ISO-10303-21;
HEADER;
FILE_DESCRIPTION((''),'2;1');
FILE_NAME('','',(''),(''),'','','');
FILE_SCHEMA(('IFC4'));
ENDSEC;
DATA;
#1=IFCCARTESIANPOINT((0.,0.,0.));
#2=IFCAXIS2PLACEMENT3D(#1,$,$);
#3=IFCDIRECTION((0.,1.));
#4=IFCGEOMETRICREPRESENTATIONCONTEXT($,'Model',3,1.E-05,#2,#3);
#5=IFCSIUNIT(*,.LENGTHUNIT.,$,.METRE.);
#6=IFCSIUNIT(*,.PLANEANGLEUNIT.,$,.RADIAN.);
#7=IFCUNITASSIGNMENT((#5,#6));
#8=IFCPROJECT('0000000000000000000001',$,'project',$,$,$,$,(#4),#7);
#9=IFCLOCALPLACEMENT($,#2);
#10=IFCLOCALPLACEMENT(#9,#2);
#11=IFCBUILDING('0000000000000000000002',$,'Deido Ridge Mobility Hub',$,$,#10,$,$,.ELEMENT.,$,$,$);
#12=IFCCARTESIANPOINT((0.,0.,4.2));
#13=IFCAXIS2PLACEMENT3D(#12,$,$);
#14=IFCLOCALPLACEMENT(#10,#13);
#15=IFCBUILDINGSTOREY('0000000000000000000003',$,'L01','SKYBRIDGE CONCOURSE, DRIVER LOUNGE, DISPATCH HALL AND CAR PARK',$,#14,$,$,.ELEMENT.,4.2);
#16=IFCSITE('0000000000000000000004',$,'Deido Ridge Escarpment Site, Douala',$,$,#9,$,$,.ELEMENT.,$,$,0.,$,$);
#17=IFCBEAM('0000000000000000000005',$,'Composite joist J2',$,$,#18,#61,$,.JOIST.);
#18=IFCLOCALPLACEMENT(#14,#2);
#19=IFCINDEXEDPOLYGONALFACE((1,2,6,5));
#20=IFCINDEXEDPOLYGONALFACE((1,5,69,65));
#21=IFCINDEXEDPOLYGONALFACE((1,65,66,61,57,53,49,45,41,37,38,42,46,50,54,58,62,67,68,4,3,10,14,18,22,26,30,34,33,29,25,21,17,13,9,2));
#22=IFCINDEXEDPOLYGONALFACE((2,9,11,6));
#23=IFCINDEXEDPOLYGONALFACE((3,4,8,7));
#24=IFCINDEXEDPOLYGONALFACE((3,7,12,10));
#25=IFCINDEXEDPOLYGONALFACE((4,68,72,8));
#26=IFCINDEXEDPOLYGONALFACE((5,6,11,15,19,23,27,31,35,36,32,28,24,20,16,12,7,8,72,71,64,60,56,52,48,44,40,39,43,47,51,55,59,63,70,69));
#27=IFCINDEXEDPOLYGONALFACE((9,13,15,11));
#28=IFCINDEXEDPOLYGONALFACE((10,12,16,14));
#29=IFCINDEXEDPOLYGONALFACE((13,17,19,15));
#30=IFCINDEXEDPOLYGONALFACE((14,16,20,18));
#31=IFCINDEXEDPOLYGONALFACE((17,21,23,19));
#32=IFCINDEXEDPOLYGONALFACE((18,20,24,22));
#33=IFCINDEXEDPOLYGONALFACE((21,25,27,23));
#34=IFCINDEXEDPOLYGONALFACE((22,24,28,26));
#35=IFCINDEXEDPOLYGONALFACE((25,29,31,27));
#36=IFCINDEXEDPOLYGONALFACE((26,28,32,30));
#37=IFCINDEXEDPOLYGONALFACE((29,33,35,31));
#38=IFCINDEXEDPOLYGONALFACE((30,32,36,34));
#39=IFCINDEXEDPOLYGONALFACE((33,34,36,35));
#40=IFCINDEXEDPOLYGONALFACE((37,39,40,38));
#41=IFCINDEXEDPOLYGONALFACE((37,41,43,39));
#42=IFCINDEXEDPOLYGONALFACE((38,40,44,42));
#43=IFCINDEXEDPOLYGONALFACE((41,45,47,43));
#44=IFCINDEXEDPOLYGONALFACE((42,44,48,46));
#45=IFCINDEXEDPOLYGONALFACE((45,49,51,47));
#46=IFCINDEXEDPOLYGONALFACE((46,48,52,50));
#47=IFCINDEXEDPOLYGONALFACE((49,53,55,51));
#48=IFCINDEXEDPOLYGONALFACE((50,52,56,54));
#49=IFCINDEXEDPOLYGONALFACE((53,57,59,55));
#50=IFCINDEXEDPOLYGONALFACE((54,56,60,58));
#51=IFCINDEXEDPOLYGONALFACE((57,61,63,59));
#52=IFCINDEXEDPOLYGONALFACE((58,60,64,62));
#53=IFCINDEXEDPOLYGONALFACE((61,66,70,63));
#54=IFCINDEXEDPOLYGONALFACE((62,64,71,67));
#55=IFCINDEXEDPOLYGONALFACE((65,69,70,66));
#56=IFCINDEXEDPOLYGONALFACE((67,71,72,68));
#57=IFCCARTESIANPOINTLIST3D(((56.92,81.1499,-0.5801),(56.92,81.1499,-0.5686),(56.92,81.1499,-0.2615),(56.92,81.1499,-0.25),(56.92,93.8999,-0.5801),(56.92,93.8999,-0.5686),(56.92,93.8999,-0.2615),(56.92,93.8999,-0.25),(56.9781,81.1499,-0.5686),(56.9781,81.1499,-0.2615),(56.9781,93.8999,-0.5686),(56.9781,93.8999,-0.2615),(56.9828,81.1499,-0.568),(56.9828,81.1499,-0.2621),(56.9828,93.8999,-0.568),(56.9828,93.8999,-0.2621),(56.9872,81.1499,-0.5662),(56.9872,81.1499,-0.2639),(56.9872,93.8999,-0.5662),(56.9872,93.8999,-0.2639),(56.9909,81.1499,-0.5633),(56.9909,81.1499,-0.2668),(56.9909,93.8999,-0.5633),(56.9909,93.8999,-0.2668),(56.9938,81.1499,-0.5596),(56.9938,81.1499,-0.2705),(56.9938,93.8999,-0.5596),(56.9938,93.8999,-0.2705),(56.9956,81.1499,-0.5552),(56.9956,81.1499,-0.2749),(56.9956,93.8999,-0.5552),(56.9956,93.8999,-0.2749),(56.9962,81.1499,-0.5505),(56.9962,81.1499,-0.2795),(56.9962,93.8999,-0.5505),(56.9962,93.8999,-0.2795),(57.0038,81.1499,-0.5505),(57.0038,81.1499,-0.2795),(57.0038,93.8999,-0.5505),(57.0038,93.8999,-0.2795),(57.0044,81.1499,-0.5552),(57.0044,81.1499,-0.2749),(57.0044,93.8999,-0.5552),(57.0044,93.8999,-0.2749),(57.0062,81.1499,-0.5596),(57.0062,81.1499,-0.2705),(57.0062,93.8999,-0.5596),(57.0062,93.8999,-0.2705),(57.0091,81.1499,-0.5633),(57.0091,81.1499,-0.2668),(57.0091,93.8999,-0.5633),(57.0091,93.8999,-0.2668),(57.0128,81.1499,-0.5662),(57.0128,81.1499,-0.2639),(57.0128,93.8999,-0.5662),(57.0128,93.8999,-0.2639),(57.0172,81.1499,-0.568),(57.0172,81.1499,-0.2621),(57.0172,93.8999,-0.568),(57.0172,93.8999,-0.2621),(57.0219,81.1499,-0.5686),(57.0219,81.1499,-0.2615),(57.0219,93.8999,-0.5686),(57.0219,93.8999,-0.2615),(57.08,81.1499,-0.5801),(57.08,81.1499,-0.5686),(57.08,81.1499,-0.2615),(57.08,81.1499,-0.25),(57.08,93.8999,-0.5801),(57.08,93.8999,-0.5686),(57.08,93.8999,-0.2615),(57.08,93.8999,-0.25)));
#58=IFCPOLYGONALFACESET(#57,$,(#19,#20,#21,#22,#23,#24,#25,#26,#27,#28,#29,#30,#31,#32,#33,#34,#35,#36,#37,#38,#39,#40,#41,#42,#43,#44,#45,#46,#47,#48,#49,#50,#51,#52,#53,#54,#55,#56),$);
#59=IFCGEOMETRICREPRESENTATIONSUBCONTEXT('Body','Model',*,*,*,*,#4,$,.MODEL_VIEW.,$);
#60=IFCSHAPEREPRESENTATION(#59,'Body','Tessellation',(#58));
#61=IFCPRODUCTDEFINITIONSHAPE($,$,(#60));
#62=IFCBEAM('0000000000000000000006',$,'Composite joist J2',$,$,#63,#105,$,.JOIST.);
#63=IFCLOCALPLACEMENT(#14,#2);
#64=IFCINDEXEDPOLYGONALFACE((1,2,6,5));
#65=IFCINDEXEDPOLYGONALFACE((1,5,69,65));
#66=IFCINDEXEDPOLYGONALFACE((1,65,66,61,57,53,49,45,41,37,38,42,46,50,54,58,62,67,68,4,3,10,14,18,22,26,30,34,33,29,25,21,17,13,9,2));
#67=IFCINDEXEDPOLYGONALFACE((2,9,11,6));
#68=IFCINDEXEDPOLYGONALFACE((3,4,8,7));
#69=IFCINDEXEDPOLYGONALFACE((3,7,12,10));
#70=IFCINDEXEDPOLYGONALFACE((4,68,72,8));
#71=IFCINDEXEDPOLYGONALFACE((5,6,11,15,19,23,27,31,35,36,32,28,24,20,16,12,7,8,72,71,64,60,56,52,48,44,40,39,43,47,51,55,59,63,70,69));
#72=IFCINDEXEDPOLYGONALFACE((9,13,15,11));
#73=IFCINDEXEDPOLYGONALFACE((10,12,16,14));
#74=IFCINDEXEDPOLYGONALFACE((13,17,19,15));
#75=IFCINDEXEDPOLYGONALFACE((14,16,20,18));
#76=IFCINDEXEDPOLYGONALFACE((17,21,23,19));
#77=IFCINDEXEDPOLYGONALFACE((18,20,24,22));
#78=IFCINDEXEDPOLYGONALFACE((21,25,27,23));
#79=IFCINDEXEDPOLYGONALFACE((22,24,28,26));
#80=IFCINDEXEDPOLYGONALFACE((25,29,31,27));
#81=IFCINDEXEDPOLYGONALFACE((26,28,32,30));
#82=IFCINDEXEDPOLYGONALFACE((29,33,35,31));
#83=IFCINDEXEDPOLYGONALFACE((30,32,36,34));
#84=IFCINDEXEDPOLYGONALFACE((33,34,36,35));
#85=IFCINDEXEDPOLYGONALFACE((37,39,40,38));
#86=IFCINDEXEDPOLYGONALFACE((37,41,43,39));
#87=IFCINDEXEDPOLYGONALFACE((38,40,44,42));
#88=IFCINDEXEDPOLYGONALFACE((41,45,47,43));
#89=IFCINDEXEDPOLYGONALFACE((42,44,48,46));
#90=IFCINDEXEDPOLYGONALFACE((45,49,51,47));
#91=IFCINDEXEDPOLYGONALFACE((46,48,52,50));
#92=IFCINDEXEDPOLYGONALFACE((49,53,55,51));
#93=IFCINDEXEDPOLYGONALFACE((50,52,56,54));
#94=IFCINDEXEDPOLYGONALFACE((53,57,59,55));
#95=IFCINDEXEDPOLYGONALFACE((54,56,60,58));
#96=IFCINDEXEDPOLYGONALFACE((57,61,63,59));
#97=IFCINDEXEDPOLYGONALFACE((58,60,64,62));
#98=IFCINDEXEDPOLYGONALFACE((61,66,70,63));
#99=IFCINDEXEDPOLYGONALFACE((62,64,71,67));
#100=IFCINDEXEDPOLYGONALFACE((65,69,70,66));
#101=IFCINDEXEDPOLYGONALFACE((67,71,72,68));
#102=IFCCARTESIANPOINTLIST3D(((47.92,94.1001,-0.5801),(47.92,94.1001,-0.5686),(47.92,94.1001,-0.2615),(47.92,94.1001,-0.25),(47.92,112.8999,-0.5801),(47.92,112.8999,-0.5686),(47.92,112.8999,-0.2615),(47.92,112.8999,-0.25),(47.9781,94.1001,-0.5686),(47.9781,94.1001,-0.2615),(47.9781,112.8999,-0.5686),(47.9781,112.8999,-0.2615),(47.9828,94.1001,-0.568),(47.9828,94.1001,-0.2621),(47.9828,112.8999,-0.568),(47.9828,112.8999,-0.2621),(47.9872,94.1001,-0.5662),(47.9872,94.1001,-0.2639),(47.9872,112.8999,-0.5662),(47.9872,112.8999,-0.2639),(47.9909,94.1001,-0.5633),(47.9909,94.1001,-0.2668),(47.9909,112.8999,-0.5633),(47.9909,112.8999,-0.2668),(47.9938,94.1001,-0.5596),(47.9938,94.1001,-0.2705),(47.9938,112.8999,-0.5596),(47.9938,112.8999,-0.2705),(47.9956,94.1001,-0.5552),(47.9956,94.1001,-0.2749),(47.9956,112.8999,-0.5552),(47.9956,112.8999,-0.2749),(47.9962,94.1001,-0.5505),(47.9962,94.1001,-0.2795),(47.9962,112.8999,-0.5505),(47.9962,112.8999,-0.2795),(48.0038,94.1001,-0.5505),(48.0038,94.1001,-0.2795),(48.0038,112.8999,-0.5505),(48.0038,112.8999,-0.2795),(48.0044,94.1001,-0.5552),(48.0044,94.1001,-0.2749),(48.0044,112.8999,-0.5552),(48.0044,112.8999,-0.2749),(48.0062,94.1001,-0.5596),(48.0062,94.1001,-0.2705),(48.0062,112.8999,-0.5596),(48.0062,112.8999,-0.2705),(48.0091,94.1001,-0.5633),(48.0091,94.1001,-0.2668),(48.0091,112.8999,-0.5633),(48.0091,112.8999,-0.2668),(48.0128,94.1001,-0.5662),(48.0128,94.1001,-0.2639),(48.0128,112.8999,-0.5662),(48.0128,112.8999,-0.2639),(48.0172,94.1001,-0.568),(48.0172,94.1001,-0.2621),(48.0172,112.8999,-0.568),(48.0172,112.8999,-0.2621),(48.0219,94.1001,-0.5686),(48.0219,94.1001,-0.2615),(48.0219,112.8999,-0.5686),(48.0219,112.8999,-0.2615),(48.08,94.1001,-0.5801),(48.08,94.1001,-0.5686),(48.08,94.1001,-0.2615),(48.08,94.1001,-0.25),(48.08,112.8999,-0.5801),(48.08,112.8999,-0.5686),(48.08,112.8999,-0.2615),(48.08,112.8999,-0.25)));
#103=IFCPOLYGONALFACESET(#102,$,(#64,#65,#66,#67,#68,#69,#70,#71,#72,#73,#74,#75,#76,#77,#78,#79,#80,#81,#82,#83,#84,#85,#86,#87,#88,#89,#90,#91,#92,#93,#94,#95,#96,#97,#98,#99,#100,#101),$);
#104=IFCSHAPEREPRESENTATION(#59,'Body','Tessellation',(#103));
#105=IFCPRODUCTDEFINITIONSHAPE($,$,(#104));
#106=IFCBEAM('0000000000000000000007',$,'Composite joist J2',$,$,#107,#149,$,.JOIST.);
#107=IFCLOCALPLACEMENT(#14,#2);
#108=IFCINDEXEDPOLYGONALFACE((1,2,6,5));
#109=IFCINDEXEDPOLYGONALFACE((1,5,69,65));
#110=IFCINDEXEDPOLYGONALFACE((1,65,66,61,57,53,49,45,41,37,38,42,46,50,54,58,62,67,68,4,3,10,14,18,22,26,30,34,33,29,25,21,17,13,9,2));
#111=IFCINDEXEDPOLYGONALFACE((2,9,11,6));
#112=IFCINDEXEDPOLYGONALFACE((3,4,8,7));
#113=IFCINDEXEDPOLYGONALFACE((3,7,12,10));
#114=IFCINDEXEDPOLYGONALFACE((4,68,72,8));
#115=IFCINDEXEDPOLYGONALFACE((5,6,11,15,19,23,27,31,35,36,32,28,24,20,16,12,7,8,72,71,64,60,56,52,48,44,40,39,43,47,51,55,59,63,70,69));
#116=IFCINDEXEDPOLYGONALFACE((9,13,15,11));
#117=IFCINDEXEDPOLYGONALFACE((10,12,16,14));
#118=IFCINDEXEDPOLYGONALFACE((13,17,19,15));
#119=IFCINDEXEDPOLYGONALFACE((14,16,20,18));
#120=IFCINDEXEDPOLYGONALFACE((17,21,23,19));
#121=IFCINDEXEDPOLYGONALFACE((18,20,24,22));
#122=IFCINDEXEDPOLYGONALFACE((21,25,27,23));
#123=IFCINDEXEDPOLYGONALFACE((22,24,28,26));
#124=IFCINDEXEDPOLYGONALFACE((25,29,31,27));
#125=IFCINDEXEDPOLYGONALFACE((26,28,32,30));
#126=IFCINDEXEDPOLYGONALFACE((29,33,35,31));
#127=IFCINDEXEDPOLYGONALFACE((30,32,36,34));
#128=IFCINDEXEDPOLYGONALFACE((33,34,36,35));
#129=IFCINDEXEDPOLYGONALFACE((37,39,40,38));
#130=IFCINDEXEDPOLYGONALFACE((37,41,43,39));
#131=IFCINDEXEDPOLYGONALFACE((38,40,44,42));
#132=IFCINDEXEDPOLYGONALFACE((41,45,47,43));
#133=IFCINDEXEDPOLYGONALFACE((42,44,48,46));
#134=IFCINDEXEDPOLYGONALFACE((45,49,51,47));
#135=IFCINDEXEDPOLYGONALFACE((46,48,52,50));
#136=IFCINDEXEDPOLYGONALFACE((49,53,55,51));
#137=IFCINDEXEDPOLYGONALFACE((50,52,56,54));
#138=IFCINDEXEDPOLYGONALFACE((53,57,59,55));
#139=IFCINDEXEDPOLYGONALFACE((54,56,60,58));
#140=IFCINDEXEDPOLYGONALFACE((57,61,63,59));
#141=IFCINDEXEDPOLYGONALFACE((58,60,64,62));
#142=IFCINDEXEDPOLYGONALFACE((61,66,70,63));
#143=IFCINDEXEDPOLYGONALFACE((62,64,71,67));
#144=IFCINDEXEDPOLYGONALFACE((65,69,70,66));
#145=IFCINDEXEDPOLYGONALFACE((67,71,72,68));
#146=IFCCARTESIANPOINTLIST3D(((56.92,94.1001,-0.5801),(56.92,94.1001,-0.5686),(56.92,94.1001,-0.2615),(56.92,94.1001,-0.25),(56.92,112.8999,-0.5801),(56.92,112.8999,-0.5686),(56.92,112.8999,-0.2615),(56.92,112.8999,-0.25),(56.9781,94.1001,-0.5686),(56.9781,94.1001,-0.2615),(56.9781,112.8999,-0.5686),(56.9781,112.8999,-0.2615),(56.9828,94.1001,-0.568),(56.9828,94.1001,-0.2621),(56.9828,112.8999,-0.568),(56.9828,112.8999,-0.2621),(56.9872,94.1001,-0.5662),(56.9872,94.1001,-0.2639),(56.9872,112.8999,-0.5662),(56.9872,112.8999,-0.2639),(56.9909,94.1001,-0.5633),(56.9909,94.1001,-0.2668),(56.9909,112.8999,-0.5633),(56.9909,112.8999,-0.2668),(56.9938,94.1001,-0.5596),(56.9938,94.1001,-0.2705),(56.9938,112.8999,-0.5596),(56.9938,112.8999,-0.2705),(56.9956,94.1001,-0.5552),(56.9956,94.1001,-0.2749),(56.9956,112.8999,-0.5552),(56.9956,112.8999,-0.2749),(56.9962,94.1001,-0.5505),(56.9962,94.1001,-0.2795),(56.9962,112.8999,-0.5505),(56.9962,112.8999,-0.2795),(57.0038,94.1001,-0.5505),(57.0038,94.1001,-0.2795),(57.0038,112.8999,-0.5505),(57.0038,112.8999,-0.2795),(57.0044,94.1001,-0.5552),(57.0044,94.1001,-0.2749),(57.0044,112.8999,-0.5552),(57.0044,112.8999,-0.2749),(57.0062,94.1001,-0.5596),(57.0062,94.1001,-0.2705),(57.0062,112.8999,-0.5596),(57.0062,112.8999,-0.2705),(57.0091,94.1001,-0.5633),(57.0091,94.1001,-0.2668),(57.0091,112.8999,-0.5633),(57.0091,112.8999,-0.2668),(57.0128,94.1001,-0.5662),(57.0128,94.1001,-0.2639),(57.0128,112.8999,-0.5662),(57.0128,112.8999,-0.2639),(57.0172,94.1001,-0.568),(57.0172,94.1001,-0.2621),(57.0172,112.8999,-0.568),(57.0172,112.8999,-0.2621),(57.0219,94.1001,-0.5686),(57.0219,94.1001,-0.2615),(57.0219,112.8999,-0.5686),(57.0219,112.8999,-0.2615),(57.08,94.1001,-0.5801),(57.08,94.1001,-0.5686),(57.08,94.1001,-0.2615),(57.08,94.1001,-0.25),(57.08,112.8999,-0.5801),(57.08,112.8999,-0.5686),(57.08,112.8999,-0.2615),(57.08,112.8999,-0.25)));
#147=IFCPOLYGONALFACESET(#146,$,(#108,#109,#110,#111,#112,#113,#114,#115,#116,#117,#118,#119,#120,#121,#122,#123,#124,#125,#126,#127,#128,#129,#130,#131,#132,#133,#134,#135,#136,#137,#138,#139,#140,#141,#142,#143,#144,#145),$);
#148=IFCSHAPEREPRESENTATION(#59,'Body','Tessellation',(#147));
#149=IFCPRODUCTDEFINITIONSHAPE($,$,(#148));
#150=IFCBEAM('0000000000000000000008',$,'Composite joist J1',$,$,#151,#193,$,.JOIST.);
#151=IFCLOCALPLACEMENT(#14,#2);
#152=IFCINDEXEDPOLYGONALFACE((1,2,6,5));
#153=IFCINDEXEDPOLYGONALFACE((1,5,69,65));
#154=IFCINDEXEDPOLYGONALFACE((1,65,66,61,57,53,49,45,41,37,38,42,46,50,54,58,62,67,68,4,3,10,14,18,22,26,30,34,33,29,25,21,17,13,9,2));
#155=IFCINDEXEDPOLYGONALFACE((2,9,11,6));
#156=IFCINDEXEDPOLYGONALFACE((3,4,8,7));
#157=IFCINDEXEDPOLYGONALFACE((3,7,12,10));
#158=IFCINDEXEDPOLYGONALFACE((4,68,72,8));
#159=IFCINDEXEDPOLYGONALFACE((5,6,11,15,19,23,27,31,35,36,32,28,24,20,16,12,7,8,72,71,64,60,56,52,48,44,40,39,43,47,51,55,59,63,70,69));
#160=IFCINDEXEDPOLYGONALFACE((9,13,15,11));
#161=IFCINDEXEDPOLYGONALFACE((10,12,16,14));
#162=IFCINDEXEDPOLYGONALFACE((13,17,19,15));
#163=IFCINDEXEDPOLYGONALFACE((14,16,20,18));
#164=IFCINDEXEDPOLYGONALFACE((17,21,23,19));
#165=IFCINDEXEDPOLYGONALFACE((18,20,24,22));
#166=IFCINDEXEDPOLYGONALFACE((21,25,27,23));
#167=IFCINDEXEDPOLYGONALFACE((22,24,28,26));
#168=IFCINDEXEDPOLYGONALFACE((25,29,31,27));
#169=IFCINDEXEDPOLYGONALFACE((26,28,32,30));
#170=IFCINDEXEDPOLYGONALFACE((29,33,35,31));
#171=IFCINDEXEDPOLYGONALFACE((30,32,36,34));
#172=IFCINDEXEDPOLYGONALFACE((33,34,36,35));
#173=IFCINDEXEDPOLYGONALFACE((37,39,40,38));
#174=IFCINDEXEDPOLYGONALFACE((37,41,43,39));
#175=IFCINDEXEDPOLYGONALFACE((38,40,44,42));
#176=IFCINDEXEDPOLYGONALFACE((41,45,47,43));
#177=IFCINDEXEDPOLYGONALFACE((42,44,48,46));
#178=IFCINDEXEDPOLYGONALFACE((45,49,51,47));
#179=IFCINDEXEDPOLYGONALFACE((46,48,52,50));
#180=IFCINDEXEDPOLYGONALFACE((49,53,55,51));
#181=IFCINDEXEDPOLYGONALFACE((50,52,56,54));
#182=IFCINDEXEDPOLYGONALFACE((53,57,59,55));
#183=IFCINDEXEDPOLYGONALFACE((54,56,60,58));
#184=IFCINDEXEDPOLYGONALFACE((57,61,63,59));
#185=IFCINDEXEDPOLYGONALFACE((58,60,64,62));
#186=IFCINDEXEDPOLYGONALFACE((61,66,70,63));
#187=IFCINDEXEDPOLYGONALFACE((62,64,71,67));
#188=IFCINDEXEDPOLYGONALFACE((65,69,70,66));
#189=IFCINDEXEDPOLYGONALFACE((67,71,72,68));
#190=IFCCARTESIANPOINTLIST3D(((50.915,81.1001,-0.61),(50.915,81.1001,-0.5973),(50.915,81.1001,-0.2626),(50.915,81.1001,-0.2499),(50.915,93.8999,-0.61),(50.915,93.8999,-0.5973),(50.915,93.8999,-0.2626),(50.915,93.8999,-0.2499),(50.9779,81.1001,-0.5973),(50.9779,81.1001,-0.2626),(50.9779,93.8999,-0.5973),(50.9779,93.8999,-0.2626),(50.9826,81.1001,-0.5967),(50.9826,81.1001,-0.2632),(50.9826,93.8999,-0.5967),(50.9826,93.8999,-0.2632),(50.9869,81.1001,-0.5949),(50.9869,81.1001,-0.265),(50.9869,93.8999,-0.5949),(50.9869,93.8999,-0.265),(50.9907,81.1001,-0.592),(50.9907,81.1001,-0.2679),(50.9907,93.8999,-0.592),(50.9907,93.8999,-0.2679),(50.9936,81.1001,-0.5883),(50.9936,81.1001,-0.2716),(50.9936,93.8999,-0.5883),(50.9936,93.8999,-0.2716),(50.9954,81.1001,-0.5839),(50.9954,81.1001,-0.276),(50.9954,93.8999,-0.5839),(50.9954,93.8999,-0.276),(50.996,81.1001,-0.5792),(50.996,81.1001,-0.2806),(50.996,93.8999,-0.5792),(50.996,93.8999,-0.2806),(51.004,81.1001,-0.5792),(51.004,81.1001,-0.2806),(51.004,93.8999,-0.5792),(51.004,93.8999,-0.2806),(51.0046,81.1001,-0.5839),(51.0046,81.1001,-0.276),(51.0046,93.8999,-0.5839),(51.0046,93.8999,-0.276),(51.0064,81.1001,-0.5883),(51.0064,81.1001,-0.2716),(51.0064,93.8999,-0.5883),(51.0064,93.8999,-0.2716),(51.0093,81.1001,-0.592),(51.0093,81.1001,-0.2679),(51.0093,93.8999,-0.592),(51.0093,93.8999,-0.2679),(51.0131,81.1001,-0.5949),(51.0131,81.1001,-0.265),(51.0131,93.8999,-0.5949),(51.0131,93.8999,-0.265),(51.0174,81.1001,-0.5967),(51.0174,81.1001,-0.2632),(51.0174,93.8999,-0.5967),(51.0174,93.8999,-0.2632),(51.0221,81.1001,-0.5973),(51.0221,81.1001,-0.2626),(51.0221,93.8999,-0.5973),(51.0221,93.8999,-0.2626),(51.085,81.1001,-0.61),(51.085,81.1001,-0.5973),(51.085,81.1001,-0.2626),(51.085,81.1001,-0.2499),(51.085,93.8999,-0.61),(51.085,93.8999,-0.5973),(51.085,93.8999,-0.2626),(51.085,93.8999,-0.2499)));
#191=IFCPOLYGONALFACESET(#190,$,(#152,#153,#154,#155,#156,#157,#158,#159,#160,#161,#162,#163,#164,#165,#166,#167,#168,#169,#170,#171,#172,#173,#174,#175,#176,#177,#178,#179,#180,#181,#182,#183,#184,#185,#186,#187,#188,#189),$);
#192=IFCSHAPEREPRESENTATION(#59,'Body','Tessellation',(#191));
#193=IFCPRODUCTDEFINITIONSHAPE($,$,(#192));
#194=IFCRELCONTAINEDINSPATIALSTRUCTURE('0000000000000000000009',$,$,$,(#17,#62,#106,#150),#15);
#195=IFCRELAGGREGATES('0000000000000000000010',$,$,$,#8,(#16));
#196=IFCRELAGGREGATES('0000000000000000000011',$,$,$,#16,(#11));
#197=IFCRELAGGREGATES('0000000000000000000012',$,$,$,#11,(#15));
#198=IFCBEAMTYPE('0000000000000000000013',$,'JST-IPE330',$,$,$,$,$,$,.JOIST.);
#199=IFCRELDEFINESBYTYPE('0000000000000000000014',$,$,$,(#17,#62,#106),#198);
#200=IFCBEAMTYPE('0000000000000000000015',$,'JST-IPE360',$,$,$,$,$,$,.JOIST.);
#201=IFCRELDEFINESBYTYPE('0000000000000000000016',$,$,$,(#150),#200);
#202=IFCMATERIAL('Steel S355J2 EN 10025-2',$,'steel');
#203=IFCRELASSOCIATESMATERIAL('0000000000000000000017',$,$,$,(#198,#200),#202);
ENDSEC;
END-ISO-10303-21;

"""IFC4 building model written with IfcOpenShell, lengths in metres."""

from ifc_helpers import new_model, si_unit, direction, frame, origin, origin_2d, place, context, subcontext, project, spatial, i_section, extrude, material, material_profile, profile_set, type_object, element, save


model = new_model("IFC4")

# Units and contexts
model_context = context("Model", 3, precision=1e-05, world=origin(), true_north=direction((0.0, 1.0)))
body_context = subcontext(model_context, "Body", "Model", "MODEL_VIEW")
ifc_project = project(units=[si_unit("LENGTHUNIT", "METRE"), si_unit("PLANEANGLEUNIT", "RADIAN")], contexts=[model_context])

# Site, building, storey
site_placement = place(None, origin())
site = spatial("IfcSite", under=ifc_project, at=site_placement, Name="Deido Ridge Escarpment Site, Douala", CompositionType="ELEMENT", RefElevation=0.0)
building_placement = place(site_placement, origin())
building = spatial("IfcBuilding", under=site, at=building_placement, Name="Deido Ridge Mobility Hub", CompositionType="ELEMENT")
storey_placement = place(building_placement, frame((0.0, 0.0, 4.2)))
storey = spatial("IfcBuildingStorey", under=building, at=storey_placement, Name="L01", Description="SKYBRIDGE CONCOURSE, DRIVER LOUNGE, DISPATCH HALL AND CAR PARK", CompositionType="ELEMENT", Elevation=4.2)

# Shared definitions
ifc_material_1 = material(Name="Steel S355J2 EN 10025-2", Category="steel")

# Beams
ifc_material_profile_1 = material_profile(ifc_material_1, i_section(OverallWidth=0.1599, OverallDepth=0.3301, WebThickness=0.0076, FlangeThickness=0.0115, FilletRadius=0.0181, at=origin_2d()), Name="IPE 330")
ifc_profile_set_1 = profile_set([ifc_material_profile_1], Name="Steel S355J2 EN 10025-2")
beam_type_1 = type_object("IfcBeamType", Name="JST-IPE330", PredefinedType="JOIST", material=ifc_profile_set_1)
beam_1_placement = place(storey_placement, frame((57.0, 81.1499, -0.415), z_axis=(0.0, 1.0, 0.0), x_axis=(-1.0, 0.0, 0.0)))
element("IfcBeam", 1, at=beam_1_placement, inside=storey, type_object=beam_type_1, Name="Composite joist J2", PredefinedType="JOIST", context=body_context, shape_type="SweptSolid", body=[
    extrude(i_section(OverallWidth=0.1599, OverallDepth=0.3301, WebThickness=0.0076, FlangeThickness=0.0115, FilletRadius=0.0181, at=origin_2d()), origin(), (0.0, 0.0, 1.0), 12.75),
])
for number, where, z_axis, x_axis, name in (
    (2, (48.0, 94.1001, -0.415), (0.0, 1.0, 0.0), (-1.0, 0.0, 0.0), "Composite joist J2"),
    (3, (57.0, 94.1001, -0.415), (0.0, 1.0, 0.0), (-1.0, 0.0, 0.0), "Composite joist J2"),
):
    element("IfcBeam", number, at=place(storey_placement, frame(where, z_axis=z_axis, x_axis=x_axis)), inside=storey, type_object=beam_type_1, Name=name, PredefinedType="JOIST", context=body_context, shape_type="SweptSolid", body=[
        extrude(i_section(OverallWidth=0.1599, OverallDepth=0.3301, WebThickness=0.0076, FlangeThickness=0.0115, FilletRadius=0.0181, at=origin_2d()), origin(), (0.0, 0.0, 1.0), 18.7998),
    ])
ifc_material_profile_2 = material_profile(ifc_material_1, i_section(OverallWidth=0.1699, OverallDepth=0.3601, WebThickness=0.0081, FlangeThickness=0.0127, FilletRadius=0.0181, at=origin_2d()), Name="IPE 360")
ifc_profile_set_2 = profile_set([ifc_material_profile_2], Name="Steel S355J2 EN 10025-2")
beam_type_2 = type_object("IfcBeamType", Name="JST-IPE360", PredefinedType="JOIST", material=ifc_profile_set_2)
beam_2_placement = place(storey_placement, frame((51.0, 81.1001, -0.4299), z_axis=(0.0, 1.0, 0.0), x_axis=(-1.0, 0.0, 0.0)))
element("IfcBeam", 4, at=beam_2_placement, inside=storey, type_object=beam_type_2, Name="Composite joist J1", PredefinedType="JOIST", context=body_context, shape_type="SweptSolid", body=[
    extrude(i_section(OverallWidth=0.1699, OverallDepth=0.3601, WebThickness=0.0081, FlangeThickness=0.0127, FilletRadius=0.0181, at=origin_2d()), origin(), (0.0, 0.0, 1.0), 12.7998),
])

save(model, "model.ifc")
